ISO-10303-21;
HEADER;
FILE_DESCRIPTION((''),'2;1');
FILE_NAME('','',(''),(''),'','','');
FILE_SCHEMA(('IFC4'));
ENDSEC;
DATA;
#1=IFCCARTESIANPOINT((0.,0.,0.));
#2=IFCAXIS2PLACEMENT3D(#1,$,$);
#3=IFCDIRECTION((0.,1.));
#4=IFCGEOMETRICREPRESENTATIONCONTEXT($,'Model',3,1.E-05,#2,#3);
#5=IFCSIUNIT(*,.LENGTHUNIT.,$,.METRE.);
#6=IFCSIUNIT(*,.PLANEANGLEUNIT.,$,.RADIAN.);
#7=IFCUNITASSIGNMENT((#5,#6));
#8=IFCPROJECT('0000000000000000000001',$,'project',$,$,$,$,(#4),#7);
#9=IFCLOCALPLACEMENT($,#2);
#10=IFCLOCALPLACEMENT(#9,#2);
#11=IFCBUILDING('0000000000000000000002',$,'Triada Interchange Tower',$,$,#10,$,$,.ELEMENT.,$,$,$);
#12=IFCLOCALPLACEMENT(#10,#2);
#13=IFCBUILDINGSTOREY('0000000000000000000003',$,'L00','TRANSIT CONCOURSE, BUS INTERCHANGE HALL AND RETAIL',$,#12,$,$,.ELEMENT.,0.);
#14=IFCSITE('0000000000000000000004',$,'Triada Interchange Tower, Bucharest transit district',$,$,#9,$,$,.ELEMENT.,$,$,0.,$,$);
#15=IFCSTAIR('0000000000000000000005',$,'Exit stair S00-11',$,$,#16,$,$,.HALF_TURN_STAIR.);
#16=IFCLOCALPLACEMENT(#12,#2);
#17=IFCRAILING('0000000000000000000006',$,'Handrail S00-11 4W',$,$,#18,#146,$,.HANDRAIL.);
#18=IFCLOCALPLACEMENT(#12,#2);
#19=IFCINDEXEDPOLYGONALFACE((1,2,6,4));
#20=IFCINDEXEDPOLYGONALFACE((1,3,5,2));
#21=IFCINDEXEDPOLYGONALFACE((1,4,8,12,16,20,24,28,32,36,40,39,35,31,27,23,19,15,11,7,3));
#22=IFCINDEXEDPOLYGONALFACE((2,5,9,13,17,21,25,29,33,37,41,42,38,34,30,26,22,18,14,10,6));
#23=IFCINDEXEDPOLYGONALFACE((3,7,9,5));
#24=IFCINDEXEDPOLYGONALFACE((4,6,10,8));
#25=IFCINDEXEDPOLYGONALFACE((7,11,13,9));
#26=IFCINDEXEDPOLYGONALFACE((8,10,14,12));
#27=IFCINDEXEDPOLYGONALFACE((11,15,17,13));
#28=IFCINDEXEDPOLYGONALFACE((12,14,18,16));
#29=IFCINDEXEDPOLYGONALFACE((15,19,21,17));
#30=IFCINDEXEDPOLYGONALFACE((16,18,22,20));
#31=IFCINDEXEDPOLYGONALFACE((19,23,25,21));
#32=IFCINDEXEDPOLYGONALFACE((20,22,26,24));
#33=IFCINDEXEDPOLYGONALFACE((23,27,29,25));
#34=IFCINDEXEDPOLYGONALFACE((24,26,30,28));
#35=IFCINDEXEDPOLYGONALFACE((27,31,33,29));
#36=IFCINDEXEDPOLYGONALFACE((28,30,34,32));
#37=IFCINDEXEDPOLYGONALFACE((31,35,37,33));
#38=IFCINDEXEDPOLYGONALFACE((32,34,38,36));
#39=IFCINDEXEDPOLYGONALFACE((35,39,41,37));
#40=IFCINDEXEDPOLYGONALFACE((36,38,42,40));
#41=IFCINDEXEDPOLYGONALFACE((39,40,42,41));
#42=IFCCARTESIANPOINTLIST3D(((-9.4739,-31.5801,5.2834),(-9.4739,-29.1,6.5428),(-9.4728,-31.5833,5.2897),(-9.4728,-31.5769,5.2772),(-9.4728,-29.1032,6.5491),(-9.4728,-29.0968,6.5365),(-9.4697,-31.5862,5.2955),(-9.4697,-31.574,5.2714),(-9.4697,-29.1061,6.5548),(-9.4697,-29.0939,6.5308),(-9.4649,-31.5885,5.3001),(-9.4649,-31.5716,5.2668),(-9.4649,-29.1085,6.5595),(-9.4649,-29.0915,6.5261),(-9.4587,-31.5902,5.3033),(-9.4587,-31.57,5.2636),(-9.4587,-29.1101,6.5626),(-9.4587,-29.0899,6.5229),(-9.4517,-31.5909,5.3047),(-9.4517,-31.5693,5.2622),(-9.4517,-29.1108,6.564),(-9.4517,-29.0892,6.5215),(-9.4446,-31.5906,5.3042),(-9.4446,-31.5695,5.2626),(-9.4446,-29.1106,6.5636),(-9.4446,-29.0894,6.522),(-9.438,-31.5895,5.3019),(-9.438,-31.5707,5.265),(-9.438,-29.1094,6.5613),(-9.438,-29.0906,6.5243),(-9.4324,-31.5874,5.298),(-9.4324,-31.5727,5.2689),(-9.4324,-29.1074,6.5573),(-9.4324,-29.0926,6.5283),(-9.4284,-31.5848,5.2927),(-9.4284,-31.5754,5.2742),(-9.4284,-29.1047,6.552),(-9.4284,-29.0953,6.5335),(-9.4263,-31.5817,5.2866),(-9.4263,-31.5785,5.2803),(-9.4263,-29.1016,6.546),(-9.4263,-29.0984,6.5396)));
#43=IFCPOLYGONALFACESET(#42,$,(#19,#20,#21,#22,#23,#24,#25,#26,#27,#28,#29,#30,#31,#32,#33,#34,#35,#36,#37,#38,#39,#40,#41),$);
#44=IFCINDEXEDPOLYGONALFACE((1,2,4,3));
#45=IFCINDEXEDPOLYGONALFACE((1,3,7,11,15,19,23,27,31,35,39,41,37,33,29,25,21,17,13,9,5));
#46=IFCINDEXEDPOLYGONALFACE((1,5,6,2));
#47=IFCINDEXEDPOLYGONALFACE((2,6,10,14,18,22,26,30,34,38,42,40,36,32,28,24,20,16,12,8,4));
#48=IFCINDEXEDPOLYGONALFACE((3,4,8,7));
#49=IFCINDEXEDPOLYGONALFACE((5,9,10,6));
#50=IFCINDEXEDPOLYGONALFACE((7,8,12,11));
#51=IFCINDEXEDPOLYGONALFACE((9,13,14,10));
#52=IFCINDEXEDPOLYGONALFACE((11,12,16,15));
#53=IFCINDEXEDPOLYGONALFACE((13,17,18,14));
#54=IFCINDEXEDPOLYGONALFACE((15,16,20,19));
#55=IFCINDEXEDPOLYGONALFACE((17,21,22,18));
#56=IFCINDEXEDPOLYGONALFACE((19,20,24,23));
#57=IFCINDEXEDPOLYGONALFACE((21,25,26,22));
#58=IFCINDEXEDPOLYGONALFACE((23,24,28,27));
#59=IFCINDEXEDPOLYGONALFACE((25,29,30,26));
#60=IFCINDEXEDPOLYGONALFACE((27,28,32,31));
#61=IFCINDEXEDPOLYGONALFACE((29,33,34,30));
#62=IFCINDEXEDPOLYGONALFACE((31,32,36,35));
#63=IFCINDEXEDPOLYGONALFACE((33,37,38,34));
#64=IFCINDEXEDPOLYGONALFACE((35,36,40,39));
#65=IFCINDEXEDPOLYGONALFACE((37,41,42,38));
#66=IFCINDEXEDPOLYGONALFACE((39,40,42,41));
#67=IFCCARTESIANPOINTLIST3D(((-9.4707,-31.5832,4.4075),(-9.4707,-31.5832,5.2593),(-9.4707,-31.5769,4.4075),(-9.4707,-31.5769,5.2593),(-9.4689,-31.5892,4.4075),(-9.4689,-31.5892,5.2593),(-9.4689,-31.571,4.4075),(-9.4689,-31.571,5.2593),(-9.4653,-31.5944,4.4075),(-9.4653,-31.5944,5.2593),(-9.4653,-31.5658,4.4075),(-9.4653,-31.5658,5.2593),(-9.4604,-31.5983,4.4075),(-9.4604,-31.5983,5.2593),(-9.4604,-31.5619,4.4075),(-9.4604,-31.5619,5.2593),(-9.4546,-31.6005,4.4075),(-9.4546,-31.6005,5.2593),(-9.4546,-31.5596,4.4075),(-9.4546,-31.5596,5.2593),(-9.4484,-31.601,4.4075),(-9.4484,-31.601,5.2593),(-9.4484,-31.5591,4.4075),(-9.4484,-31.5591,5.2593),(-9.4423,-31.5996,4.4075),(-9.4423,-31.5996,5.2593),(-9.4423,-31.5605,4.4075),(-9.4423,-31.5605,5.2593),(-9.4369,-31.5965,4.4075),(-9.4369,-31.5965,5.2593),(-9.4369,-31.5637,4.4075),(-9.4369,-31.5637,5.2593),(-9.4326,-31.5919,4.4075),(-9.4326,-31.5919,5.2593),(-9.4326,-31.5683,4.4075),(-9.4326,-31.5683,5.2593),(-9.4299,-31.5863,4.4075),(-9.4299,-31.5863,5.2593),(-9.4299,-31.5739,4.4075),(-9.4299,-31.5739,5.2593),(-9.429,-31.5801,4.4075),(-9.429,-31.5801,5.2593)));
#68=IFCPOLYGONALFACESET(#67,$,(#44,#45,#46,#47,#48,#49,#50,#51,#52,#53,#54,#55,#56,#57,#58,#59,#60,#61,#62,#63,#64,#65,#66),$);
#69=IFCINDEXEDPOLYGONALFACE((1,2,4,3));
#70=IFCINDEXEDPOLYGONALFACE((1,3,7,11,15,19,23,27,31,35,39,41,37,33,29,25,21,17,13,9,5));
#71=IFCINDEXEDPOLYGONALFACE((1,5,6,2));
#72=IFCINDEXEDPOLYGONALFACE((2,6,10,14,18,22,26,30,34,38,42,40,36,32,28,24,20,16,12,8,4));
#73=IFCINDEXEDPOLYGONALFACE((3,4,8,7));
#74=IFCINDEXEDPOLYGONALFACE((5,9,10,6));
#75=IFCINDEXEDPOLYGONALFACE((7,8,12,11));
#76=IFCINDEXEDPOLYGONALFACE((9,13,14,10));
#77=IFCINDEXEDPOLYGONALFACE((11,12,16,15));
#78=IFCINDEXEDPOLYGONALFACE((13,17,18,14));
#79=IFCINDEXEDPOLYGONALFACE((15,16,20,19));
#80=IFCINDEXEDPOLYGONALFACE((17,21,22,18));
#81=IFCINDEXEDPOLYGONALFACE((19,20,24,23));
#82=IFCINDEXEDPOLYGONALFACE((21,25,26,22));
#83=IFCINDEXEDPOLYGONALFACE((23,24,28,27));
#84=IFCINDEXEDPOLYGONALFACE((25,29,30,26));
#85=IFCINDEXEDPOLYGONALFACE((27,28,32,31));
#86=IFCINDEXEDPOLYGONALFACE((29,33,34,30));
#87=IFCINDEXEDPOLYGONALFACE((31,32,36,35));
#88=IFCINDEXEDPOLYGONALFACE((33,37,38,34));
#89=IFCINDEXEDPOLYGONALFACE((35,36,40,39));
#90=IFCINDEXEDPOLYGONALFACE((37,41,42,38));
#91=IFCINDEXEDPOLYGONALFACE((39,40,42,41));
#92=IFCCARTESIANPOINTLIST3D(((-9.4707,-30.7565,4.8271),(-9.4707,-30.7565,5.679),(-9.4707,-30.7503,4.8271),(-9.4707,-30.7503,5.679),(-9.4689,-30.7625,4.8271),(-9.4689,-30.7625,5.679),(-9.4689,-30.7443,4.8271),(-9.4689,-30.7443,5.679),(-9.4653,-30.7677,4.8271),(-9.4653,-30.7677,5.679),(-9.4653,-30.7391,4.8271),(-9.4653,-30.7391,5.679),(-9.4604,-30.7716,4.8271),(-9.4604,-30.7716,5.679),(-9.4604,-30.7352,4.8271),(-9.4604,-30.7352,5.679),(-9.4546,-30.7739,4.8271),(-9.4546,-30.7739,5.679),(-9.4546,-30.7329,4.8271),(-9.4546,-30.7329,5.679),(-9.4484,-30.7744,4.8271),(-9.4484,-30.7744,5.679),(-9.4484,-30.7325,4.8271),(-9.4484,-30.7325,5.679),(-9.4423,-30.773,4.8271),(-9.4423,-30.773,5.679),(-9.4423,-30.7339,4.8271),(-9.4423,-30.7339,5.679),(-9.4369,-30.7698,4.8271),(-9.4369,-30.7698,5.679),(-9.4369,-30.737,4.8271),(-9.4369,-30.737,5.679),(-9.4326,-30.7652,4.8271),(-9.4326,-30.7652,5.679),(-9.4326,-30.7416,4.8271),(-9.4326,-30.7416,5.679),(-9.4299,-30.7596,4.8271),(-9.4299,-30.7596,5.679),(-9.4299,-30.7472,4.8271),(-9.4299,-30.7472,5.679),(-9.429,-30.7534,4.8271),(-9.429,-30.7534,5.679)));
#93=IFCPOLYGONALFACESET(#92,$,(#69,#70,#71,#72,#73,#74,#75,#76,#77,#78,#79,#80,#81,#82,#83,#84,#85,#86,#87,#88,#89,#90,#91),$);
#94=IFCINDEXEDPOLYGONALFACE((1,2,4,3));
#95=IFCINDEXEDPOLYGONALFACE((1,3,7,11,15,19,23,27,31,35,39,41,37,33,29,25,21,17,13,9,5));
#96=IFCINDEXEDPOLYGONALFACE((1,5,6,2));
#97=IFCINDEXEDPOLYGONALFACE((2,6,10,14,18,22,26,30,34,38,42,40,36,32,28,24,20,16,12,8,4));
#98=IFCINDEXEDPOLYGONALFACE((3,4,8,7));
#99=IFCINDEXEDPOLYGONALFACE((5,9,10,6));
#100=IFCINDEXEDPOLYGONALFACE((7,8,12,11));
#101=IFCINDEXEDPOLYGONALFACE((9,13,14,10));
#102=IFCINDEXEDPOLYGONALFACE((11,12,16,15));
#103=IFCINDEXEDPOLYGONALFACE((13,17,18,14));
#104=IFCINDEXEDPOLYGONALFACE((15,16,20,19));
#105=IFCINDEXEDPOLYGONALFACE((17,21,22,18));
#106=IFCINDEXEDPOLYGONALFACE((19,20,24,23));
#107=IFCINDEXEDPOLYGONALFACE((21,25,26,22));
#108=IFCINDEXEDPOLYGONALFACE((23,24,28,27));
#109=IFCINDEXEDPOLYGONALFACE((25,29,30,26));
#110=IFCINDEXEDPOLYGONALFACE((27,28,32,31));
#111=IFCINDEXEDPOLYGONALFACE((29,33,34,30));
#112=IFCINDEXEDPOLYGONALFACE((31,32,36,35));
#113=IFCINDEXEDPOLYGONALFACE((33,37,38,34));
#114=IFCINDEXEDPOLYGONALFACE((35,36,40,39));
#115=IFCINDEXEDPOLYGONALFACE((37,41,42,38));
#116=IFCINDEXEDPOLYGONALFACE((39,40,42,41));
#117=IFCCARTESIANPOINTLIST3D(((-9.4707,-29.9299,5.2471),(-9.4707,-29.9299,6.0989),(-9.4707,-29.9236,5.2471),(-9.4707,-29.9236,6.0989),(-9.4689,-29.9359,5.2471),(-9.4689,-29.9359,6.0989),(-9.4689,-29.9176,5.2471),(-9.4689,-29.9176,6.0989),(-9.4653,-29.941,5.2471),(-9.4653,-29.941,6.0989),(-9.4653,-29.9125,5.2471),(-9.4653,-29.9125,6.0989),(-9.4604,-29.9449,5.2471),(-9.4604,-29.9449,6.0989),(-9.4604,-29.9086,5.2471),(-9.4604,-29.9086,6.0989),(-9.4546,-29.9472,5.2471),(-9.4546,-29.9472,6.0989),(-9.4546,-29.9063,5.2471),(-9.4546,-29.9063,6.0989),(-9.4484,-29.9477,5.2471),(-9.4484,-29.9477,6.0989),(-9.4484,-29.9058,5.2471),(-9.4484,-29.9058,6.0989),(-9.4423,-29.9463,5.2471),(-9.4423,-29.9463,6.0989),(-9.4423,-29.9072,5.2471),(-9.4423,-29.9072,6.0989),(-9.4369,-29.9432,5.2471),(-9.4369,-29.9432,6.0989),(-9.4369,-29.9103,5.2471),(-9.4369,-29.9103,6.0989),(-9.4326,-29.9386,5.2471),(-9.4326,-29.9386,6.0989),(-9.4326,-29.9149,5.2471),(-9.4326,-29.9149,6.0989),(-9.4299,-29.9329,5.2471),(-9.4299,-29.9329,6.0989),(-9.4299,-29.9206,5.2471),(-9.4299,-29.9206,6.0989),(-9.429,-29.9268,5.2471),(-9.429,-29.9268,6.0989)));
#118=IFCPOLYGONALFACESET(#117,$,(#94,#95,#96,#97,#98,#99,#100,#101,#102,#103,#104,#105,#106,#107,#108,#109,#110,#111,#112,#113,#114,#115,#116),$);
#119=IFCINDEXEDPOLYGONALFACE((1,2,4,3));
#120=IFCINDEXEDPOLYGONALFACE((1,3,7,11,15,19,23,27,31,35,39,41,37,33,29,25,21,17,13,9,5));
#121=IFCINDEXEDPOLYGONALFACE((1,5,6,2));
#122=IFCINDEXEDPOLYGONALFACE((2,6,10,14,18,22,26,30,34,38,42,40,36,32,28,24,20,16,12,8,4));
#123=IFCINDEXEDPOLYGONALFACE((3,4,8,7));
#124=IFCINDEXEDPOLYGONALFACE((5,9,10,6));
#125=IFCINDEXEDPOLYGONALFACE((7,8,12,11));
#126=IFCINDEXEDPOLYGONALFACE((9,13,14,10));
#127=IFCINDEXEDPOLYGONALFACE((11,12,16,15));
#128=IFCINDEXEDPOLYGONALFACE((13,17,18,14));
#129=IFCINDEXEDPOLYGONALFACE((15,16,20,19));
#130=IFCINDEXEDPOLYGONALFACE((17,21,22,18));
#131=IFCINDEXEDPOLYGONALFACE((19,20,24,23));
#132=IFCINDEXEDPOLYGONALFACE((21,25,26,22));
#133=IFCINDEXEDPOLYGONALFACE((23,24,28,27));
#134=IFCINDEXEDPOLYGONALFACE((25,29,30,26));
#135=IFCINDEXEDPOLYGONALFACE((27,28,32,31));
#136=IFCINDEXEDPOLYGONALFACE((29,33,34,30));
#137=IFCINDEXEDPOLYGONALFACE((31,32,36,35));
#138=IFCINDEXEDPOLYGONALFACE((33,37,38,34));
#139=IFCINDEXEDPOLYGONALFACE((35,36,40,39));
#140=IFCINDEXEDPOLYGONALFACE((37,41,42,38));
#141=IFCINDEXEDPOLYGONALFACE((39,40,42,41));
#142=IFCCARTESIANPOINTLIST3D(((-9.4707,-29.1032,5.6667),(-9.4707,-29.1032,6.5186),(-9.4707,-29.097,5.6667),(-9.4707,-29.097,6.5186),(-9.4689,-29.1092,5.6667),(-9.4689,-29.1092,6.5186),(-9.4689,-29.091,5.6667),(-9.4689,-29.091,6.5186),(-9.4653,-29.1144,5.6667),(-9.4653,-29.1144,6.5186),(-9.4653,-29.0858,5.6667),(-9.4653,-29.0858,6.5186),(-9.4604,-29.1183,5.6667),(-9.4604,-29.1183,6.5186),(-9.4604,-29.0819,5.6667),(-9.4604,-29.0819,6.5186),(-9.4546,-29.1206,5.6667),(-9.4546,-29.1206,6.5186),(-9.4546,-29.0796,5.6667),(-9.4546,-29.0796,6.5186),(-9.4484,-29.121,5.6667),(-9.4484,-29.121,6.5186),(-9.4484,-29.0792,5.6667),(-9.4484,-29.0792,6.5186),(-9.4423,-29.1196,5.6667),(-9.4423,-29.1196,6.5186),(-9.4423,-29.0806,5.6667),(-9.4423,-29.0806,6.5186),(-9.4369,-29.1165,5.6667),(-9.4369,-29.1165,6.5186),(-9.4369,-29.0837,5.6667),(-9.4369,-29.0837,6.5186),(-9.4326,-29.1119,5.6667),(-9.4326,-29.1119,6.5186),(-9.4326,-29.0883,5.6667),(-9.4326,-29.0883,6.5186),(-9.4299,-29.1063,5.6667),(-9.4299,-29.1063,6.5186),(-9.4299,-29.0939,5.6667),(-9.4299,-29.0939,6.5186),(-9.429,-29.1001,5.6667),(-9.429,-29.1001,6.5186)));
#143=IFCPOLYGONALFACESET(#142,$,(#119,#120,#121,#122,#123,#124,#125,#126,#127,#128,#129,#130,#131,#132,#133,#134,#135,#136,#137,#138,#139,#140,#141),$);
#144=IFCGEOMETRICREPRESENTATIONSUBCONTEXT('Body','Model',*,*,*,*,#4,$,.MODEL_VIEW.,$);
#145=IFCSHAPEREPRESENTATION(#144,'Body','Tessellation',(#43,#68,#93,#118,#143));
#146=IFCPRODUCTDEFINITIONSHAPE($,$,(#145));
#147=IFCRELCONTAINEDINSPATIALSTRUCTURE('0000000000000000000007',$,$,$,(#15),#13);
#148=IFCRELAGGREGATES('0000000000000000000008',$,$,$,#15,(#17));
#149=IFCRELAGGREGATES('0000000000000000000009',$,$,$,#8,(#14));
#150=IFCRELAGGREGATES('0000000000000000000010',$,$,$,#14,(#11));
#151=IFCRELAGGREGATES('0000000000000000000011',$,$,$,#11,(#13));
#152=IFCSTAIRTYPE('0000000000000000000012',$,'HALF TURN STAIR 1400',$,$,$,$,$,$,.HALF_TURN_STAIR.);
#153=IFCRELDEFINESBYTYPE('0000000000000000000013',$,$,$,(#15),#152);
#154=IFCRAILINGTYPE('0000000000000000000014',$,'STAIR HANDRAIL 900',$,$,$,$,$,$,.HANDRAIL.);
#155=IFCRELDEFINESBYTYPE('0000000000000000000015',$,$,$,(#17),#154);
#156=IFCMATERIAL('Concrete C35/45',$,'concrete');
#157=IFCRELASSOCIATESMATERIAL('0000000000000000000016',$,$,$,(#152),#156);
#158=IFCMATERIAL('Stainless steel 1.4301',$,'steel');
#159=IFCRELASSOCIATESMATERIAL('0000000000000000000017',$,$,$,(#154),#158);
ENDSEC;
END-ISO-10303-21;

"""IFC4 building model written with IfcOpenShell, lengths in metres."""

from ifc_helpers import new_model, si_unit, direction, frame, origin, origin_2d, place, context, subcontext, project, spatial, circle, extrude, material, type_object, element, aggregate, save


model = new_model("IFC4")

# Units and contexts
model_context = context("Model", 3, precision=1e-05, world=origin(), true_north=direction((0.0, 1.0)))
body_context = subcontext(model_context, "Body", "Model", "MODEL_VIEW")
ifc_project = project(units=[si_unit("LENGTHUNIT", "METRE"), si_unit("PLANEANGLEUNIT", "RADIAN")], contexts=[model_context])

# Site, building, storey
site_placement = place(None, origin())
site = spatial("IfcSite", under=ifc_project, at=site_placement, Name="Triada Interchange Tower, Bucharest transit district", CompositionType="ELEMENT", RefElevation=0.0)
building_placement = place(site_placement, origin())
building = spatial("IfcBuilding", under=site, at=building_placement, Name="Triada Interchange Tower", CompositionType="ELEMENT")
storey_placement = place(building_placement, origin())
storey = spatial("IfcBuildingStorey", under=building, at=storey_placement, Name="L00", Description="TRANSIT CONCOURSE, BUS INTERCHANGE HALL AND RETAIL", CompositionType="ELEMENT", Elevation=0.0)

# Shared definitions
ifc_material_1 = material(Name="Concrete C35/45", Category="concrete")

# Stair
stair_type = type_object("IfcStairType", Name="HALF TURN STAIR 1400", PredefinedType="HALF_TURN_STAIR", material=ifc_material_1)
stair_1_placement = place(storey_placement, origin())
stair_1 = element("IfcStair", 1, at=stair_1_placement, inside=storey, type_object=stair_type, Name="Exit stair S00-11", PredefinedType="HALF_TURN_STAIR")

# Railing
ifc_material_2 = material(Name="Stainless steel 1.4301", Category="steel")
railing_type_1 = type_object("IfcRailingType", Name="STAIR HANDRAIL 900", PredefinedType="HANDRAIL", material=ifc_material_2)
railing_1_placement = place(storey_placement, frame((-9.45, -31.5801, 4.4075)))
railing_1 = element("IfcRailing", 2, at=railing_1_placement, type_object=railing_type_1, Name="Handrail S00-11 4W", PredefinedType="HANDRAIL", context=body_context, shape_type="SweptSolid", body=[
    extrude(circle(Radius=0.0239, at=origin_2d()), frame((0.0, 0.0, 0.876), z_axis=(0.0, 0.891636, 0.452752), x_axis=(-1.0, 0.0, 0.0)), (0.0, 0.0, 1.0), 2.7815),
    extrude(circle(Radius=0.021, at=origin_2d()), origin(), (0.0, 0.0, 1.0), 0.8518),
    extrude(circle(Radius=0.021, at=origin_2d()), frame((0.0, 0.8267, 0.4197)), (0.0, 0.0, 1.0), 0.8518),
    extrude(circle(Radius=0.021, at=origin_2d()), frame((0.0, 1.6533, 0.8396)), (0.0, 0.0, 1.0), 0.8518),
    extrude(circle(Radius=0.021, at=origin_2d()), frame((0.0, 2.48, 1.2593)), (0.0, 0.0, 1.0), 0.8518),
])
aggregate(stair_1, [railing_1])

save(model, "model.ifc")
